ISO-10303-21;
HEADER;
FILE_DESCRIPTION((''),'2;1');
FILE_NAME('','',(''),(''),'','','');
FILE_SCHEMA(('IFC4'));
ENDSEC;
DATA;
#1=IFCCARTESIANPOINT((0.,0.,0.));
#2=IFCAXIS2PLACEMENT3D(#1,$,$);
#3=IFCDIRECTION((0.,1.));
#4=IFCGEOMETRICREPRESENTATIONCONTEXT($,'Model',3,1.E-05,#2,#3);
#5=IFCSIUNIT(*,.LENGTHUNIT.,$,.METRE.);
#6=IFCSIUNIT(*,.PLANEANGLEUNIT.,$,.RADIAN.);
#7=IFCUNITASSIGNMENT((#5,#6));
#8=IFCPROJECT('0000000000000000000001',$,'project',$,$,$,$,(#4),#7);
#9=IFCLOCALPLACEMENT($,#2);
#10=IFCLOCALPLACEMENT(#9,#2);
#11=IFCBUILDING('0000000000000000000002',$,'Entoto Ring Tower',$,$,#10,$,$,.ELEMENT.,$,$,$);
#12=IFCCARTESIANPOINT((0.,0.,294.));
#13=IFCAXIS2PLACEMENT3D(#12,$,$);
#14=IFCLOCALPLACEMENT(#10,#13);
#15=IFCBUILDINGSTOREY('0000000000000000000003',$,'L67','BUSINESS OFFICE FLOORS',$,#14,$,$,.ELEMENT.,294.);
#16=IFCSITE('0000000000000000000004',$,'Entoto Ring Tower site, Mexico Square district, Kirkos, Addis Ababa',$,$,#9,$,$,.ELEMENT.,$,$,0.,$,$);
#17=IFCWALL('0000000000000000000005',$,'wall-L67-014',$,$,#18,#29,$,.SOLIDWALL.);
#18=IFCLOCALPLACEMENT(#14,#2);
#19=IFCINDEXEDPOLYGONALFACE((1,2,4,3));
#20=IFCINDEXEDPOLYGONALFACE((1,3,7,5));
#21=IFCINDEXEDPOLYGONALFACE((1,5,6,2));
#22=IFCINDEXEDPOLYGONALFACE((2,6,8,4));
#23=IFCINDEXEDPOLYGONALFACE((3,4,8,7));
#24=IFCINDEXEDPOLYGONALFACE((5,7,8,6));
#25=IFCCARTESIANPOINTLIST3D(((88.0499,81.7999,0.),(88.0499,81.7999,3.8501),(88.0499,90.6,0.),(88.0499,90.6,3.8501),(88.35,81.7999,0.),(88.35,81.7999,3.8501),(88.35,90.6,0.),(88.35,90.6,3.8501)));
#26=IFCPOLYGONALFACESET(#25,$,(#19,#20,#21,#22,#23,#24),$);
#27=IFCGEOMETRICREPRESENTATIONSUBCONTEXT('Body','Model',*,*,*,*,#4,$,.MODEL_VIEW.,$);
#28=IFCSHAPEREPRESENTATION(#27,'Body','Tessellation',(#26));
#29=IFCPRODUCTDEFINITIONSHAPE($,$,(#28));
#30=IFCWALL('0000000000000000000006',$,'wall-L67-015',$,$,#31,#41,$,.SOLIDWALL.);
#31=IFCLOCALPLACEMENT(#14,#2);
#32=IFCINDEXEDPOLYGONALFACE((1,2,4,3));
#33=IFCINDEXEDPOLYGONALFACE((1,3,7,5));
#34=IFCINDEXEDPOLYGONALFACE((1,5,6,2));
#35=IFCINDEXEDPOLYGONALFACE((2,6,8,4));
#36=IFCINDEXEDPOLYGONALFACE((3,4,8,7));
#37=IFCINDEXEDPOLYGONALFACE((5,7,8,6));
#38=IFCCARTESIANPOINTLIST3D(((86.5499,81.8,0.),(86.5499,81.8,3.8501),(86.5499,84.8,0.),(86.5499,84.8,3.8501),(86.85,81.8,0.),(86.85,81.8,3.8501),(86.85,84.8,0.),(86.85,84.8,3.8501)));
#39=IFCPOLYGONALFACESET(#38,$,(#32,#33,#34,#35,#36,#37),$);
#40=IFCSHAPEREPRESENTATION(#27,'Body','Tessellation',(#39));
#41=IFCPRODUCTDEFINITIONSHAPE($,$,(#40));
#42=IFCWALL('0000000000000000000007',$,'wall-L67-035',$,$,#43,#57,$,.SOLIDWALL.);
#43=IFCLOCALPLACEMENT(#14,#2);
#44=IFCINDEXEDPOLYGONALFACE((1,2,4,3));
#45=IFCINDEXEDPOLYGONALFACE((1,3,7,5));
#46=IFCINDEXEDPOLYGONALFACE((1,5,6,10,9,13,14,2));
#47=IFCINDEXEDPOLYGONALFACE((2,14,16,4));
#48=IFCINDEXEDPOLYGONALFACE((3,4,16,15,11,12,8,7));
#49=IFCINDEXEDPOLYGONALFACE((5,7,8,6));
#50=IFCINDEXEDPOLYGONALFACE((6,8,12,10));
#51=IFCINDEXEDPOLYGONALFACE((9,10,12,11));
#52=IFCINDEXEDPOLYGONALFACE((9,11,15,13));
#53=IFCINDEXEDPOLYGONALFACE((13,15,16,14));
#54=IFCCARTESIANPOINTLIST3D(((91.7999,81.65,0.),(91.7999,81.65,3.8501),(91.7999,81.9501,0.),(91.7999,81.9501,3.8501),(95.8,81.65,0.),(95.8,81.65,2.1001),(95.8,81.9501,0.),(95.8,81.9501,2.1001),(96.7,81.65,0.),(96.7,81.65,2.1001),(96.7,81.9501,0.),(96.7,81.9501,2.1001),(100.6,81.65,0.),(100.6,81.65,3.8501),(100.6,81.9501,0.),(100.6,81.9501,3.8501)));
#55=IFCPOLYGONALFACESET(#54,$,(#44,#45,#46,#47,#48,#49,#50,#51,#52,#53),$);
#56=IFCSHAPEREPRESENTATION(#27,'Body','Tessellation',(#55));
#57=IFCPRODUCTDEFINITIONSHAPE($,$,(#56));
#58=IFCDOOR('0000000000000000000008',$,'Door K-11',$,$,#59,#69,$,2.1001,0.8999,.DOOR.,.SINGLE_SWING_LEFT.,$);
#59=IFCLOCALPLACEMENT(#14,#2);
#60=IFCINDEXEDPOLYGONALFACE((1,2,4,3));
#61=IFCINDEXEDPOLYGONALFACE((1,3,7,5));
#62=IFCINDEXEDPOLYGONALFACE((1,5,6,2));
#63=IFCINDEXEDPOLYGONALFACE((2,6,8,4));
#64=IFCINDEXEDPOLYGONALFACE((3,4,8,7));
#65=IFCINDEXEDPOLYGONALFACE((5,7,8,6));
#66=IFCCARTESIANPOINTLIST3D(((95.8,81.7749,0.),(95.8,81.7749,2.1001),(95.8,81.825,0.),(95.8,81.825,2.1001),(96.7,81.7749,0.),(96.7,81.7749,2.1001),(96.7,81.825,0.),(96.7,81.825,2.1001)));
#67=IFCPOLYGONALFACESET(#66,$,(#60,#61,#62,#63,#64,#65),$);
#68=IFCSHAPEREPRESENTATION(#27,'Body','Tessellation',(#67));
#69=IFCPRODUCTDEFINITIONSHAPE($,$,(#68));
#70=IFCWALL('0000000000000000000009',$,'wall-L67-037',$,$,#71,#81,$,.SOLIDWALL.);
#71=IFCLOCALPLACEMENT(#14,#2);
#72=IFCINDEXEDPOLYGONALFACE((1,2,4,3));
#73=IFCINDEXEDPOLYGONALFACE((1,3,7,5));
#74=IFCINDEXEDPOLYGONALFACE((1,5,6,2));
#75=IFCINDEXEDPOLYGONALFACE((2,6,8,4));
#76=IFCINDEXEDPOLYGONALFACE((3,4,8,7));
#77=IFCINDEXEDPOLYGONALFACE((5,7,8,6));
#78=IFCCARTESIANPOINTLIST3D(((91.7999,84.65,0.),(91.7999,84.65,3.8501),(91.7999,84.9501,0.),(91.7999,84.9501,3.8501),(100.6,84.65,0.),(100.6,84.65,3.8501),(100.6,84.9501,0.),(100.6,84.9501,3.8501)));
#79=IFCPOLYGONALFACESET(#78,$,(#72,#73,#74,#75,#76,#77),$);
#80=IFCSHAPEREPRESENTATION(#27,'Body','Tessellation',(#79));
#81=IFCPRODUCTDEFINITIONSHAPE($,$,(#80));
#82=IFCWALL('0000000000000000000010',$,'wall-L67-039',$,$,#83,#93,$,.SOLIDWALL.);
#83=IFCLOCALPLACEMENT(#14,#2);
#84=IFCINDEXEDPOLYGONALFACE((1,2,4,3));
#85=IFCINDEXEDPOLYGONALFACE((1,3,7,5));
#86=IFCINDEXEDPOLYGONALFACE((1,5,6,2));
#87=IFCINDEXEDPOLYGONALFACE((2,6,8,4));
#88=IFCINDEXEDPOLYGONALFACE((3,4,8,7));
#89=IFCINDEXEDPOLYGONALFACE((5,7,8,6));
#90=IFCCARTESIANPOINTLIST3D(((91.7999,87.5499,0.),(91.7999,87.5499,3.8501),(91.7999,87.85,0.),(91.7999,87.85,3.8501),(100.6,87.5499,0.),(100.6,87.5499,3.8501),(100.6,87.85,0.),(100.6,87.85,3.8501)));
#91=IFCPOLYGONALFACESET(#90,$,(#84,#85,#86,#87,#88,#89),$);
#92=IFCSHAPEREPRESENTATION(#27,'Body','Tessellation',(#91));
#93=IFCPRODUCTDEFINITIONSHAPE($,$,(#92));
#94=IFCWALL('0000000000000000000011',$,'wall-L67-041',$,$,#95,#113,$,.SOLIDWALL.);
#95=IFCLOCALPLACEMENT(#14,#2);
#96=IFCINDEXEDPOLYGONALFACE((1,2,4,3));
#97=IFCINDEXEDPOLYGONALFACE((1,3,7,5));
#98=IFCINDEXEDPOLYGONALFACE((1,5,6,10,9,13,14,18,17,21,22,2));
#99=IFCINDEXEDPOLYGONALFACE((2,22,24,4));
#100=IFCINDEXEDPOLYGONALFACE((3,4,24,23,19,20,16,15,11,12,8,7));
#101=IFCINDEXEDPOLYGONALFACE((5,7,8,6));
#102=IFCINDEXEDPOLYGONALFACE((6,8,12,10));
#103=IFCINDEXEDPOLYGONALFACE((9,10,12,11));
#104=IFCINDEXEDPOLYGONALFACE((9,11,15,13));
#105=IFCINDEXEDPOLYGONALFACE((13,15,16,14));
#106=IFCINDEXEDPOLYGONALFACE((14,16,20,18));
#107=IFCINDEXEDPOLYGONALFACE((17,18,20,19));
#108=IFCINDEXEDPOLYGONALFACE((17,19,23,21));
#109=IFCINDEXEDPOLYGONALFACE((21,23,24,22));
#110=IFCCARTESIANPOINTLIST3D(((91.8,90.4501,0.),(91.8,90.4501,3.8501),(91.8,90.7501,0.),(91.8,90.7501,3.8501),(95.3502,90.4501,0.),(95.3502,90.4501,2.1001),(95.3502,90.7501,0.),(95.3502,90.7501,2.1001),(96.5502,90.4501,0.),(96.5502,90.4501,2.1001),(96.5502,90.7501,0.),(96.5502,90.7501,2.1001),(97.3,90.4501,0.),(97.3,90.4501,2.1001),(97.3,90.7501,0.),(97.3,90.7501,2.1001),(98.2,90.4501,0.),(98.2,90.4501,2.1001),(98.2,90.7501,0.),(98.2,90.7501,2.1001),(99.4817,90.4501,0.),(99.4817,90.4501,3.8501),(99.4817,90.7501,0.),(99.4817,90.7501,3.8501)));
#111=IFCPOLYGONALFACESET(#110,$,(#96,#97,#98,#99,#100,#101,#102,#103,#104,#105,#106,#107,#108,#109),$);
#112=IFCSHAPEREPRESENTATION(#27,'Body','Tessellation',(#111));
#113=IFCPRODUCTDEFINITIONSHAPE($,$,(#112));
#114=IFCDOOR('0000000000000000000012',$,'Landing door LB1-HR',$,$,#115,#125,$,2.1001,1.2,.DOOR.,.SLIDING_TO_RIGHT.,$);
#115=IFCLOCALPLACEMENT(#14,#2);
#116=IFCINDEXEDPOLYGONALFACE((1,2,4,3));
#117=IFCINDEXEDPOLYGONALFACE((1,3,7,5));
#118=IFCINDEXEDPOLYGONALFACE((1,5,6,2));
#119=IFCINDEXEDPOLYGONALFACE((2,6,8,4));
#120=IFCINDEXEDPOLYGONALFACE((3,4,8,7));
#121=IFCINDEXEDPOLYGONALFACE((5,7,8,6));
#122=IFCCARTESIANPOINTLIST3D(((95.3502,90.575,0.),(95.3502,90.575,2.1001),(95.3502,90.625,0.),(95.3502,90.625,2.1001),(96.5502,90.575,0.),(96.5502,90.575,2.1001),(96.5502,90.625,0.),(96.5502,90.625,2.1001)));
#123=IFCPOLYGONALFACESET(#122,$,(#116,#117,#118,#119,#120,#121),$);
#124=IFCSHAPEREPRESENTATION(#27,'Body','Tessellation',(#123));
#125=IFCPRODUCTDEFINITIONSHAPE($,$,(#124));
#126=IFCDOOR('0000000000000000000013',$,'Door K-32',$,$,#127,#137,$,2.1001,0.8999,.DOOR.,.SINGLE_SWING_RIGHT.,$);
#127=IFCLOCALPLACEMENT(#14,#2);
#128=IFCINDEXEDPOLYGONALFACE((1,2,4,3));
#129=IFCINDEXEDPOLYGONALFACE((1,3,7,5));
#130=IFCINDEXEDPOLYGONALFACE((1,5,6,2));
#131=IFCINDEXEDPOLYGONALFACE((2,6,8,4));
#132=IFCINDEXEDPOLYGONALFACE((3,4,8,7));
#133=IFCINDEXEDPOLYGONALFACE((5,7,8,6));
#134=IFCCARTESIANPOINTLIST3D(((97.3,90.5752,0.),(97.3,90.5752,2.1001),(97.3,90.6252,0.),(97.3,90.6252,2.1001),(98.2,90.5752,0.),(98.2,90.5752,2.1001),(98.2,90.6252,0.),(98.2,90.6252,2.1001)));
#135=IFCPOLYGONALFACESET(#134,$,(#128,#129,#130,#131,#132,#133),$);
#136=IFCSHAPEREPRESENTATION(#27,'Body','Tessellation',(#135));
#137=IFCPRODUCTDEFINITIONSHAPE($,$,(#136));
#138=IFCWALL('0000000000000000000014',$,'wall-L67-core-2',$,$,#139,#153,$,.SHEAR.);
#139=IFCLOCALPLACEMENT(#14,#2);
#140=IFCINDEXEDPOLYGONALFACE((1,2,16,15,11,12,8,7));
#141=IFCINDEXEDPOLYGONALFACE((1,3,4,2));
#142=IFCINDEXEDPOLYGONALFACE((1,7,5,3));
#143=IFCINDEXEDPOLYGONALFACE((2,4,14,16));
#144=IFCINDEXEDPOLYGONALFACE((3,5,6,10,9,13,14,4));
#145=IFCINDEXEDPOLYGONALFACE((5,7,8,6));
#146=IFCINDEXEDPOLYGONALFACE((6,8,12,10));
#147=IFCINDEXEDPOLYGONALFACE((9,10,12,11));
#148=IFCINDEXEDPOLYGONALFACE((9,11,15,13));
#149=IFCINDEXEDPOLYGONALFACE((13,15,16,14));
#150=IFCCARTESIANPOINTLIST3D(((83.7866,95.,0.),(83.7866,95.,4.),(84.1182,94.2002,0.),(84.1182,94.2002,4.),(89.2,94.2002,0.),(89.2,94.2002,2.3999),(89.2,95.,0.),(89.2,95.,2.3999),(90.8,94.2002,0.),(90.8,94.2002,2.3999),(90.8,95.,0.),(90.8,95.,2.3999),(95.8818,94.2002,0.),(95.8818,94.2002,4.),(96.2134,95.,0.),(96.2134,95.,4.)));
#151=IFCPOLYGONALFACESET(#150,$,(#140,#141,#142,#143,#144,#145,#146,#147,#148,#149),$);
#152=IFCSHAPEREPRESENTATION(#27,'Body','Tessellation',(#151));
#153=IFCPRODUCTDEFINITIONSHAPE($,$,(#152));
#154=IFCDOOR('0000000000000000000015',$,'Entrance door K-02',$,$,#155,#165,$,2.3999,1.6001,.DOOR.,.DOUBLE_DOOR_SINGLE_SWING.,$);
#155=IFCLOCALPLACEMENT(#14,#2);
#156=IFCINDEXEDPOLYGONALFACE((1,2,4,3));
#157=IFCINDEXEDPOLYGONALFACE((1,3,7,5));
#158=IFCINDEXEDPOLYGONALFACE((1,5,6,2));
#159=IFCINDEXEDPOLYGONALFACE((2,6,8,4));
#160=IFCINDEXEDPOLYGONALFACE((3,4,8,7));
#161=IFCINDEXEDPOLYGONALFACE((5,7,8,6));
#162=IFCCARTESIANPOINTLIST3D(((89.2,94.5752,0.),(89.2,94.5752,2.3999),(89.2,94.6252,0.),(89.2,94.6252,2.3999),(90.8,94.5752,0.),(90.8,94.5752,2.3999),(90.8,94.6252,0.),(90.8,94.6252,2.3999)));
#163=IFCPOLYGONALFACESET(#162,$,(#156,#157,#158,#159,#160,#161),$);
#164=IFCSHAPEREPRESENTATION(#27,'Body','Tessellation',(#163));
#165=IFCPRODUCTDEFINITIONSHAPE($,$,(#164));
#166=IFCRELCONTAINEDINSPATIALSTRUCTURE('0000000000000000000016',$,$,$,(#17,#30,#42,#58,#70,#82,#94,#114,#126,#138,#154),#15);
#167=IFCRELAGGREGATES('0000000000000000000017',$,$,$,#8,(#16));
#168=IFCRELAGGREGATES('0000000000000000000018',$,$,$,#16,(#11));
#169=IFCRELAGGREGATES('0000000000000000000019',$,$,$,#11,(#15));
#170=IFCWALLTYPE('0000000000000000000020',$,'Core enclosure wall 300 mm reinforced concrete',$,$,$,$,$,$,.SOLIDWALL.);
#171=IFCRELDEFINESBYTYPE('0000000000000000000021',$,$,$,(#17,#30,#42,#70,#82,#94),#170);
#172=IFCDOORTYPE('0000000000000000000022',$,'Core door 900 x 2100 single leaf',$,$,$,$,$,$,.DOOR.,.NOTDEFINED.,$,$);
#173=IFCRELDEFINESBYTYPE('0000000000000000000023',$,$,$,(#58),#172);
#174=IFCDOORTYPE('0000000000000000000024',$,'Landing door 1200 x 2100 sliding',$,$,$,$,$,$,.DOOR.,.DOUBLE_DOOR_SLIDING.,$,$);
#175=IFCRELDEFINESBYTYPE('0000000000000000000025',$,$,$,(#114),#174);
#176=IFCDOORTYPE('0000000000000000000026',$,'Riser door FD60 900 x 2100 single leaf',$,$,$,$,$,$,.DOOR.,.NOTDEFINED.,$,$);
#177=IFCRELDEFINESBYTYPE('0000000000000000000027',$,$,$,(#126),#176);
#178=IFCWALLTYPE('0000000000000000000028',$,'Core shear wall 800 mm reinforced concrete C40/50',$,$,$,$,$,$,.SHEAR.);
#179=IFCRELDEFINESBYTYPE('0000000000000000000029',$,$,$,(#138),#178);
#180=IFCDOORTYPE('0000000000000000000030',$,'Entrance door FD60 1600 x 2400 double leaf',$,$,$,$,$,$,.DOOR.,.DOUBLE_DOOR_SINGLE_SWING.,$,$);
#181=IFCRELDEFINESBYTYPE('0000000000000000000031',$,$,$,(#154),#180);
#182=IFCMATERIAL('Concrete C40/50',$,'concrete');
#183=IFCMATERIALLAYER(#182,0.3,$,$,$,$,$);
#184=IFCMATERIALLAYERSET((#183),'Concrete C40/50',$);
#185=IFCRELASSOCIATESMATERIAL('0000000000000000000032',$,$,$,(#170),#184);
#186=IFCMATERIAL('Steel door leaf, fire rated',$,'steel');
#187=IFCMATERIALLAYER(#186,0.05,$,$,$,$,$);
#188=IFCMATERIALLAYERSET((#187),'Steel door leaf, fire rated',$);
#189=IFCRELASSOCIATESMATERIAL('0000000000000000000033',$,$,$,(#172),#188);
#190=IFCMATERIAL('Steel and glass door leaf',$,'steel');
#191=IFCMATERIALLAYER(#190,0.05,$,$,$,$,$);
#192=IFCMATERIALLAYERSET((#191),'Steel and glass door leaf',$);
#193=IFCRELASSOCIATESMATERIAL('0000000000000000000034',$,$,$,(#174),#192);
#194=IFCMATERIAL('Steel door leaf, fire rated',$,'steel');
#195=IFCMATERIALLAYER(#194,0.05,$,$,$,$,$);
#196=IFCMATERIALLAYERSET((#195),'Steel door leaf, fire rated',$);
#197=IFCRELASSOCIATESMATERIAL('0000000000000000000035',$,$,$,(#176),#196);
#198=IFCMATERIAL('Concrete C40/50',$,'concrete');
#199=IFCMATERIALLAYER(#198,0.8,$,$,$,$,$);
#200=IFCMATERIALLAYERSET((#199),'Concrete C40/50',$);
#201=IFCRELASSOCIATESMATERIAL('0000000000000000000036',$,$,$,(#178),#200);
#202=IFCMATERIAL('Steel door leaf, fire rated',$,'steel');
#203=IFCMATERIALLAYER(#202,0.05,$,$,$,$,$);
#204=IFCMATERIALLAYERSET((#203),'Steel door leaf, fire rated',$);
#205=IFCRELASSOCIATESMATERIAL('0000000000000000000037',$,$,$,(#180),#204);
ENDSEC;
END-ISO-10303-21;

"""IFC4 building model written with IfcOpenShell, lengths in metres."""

from ifc_helpers import new_model, si_unit, direction, frame, frame_2d, origin, place, context, subcontext, project, spatial, polyline, rectangle, outline, extrude, material, layer, layer_set, type_object, element, fill, save


model = new_model("IFC4")

# Units and contexts
model_context = context("Model", 3, precision=1e-05, world=origin(), true_north=direction((0.0, 1.0)))
body_context = subcontext(model_context, "Body", "Model", "MODEL_VIEW")
ifc_project = project(units=[si_unit("LENGTHUNIT", "METRE"), si_unit("PLANEANGLEUNIT", "RADIAN")], contexts=[model_context])

# Site, building, storey
site_placement = place(None, origin())
site = spatial("IfcSite", under=ifc_project, at=site_placement, Name="Entoto Ring Tower site, Mexico Square district, Kirkos, Addis Ababa", CompositionType="ELEMENT", RefElevation=0.0)
building_placement = place(site_placement, origin())
building = spatial("IfcBuilding", under=site, at=building_placement, Name="Entoto Ring Tower", CompositionType="ELEMENT")
storey_placement = place(building_placement, frame((0.0, 0.0, 294.0)))
storey = spatial("IfcBuildingStorey", under=building, at=storey_placement, Name="L67", Description="BUSINESS OFFICE FLOORS", CompositionType="ELEMENT", Elevation=294.0)

# Shared definitions
ifc_material_1 = material(Name="Concrete C40/50", Category="concrete")
ifc_layer_1 = layer(ifc_material_1, 0.3)
ifc_layer_set_1 = layer_set([ifc_layer_1], Name="Concrete C40/50")
wall_type_1 = type_object("IfcWallType", Name="Core enclosure wall 300 mm reinforced concrete", PredefinedType="SOLIDWALL", material=ifc_layer_set_1)

# Shared definitions
ifc_material_2 = material(Name="Steel door leaf, fire rated", Category="steel")
ifc_layer_2 = layer(ifc_material_2, 0.05)
ifc_layer_set_2 = layer_set([ifc_layer_2], Name="Steel door leaf, fire rated")
door_type_1 = type_object("IfcDoorType", Name="Core door 900 x 2100 single leaf", OperationType="NOTDEFINED", PredefinedType="DOOR", material=ifc_layer_set_2)
ifc_material_3 = material(Name="Steel and glass door leaf", Category="steel")
ifc_layer_3 = layer(ifc_material_3, 0.05)
ifc_layer_set_3 = layer_set([ifc_layer_3], Name="Steel and glass door leaf")
door_type_2 = type_object("IfcDoorType", Name="Landing door 1200 x 2100 sliding", OperationType="DOUBLE_DOOR_SLIDING", PredefinedType="DOOR", material=ifc_layer_set_3)

# Walls
wall_1_placement = place(storey_placement, frame((88.2, 81.8, 0.0), z_axis=(0.0, 0.0, 1.0), x_axis=(0.0, 1.0, 0.0)))
element("IfcWall", 1, at=wall_1_placement, inside=storey, type_object=wall_type_1, Name="wall-L67-014", PredefinedType="SOLIDWALL", context=body_context, shape_type="SweptSolid", body=[
    extrude(rectangle(XDim=8.8, YDim=0.3, at=frame_2d((4.3999, 0.0))), origin(), (0.0, 0.0, 1.0), 3.8501),
])
wall_2_placement = place(storey_placement, frame((86.7, 81.8, 0.0), z_axis=(0.0, 0.0, 1.0), x_axis=(0.0, 1.0, 0.0)))
element("IfcWall", 2, at=wall_2_placement, inside=storey, type_object=wall_type_1, Name="wall-L67-015", PredefinedType="SOLIDWALL", context=body_context, shape_type="SweptSolid", body=[
    extrude(rectangle(XDim=3.0, YDim=0.3, at=frame_2d((1.5, 0.0))), origin(), (0.0, 0.0, 1.0), 3.8501),
])

# Wall, opening, door
wall_3_placement = place(storey_placement, frame((91.8, 81.8, 0.0), z_axis=(0.0, 0.0, 1.0), x_axis=(1.0, 0.0, 0.0)))
wall_3 = element("IfcWall", 3, at=wall_3_placement, inside=storey, type_object=wall_type_1, Name="wall-L67-035", PredefinedType="SOLIDWALL", context=body_context, shape_type="SweptSolid", body=[
    extrude(rectangle(XDim=8.8, YDim=0.3, at=frame_2d((4.3999, 0.0))), origin(), (0.0, 0.0, 1.0), 3.8501),
])
opening_1_placement = place(wall_3_placement, frame((4.0, 0.0, 0.0)))
opening_1 = element("IfcOpeningElement", 4, at=opening_1_placement, cuts=wall_3, PredefinedType="OPENING", context=body_context, shape_type="SweptSolid", body=[
    extrude(rectangle(XDim=0.8999, YDim=2.1001, at=frame_2d((0.45, 1.05))), frame((0.0, 0.1602, 0.0), z_axis=(0.0, -1.0, 0.0), x_axis=(1.0, 0.0, 0.0)), (0.0, 0.0, 1.0), 0.3201),
])
door_1_placement = place(opening_1_placement, origin())
door_1 = element("IfcDoor", 5, at=door_1_placement, inside=storey, type_object=door_type_1, Name="Door K-11", OperationType="SINGLE_SWING_LEFT", OverallHeight=2.1001, OverallWidth=0.8999, PredefinedType="DOOR", context=body_context, shape_type="SweptSolid", body=[
    extrude(rectangle(XDim=0.8999, YDim=2.1001, at=frame_2d((0.45, 1.05))), frame((0.0, 0.0249, 0.0), z_axis=(0.0, -1.0, 0.0), x_axis=(1.0, 0.0, 0.0)), (0.0, 0.0, 1.0), 0.05),
])
fill(opening_1, door_1)

# Walls
for number, where, z_axis, x_axis, name in (
    (6, (91.8, 84.8, 0.0), (0.0, 0.0, 1.0), (1.0, 0.0, 0.0), "wall-L67-037"),
    (7, (91.8, 87.7, 0.0), (0.0, 0.0, 1.0), (1.0, 0.0, 0.0), "wall-L67-039"),
):
    element("IfcWall", number, at=place(storey_placement, frame(where, z_axis=z_axis, x_axis=x_axis)), inside=storey, type_object=wall_type_1, Name=name, PredefinedType="SOLIDWALL", context=body_context, shape_type="SweptSolid", body=[
        extrude(rectangle(XDim=8.8, YDim=0.3, at=frame_2d((4.3999, 0.0))), origin(), (0.0, 0.0, 1.0), 3.8501),
    ])

# Wall, openings, doors
wall_4_placement = place(storey_placement, frame((91.8, 90.6001, 0.0), z_axis=(0.0, 0.0, 1.0), x_axis=(1.0, 0.0, 0.0)))
wall_4 = element("IfcWall", 8, at=wall_4_placement, inside=storey, type_object=wall_type_1, Name="wall-L67-041", PredefinedType="SOLIDWALL", context=body_context, shape_type="SweptSolid", body=[
    extrude(rectangle(XDim=7.6816, YDim=0.3, at=frame_2d((3.8408, 0.0))), origin(), (0.0, 0.0, 1.0), 3.8501),
])
opening_2_placement = place(wall_4_placement, frame((3.55, 0.0, 0.0)))
opening_2 = element("IfcOpeningElement", 9, at=opening_2_placement, cuts=wall_4, PredefinedType="OPENING", context=body_context, shape_type="SweptSolid", body=[
    extrude(rectangle(XDim=1.2, YDim=2.1001, at=frame_2d((0.6001, 1.05))), frame((0.0, 0.1602, 0.0), z_axis=(0.0, -1.0, 0.0), x_axis=(1.0, 0.0, 0.0)), (0.0, 0.0, 1.0), 0.3201),
])
opening_3_placement = place(wall_4_placement, frame((5.5, 0.0, 0.0)))
opening_3 = element("IfcOpeningElement", 10, at=opening_3_placement, cuts=wall_4, PredefinedType="OPENING", context=body_context, shape_type="SweptSolid", body=[
    extrude(rectangle(XDim=0.8999, YDim=2.1001, at=frame_2d((0.45, 1.05))), frame((0.0, 0.1602, 0.0), z_axis=(0.0, -1.0, 0.0), x_axis=(1.0, 0.0, 0.0)), (0.0, 0.0, 1.0), 0.3201),
])
door_2_placement = place(opening_2_placement, origin())
door_2 = element("IfcDoor", 11, at=door_2_placement, inside=storey, type_object=door_type_2, Name="Landing door LB1-HR", OperationType="SLIDING_TO_RIGHT", OverallHeight=2.1001, OverallWidth=1.2, PredefinedType="DOOR", context=body_context, shape_type="SweptSolid", body=[
    extrude(rectangle(XDim=1.2, YDim=2.1001, at=frame_2d((0.6001, 1.05))), frame((0.0, 0.0249, 0.0), z_axis=(0.0, -1.0, 0.0), x_axis=(1.0, 0.0, 0.0)), (0.0, 0.0, 1.0), 0.05),
])
fill(opening_2, door_2)
ifc_material_4 = material(Name="Steel door leaf, fire rated", Category="steel")
ifc_layer_4 = layer(ifc_material_4, 0.05)
ifc_layer_set_4 = layer_set([ifc_layer_4], Name="Steel door leaf, fire rated")
door_type_3 = type_object("IfcDoorType", Name="Riser door FD60 900 x 2100 single leaf", OperationType="NOTDEFINED", PredefinedType="DOOR", material=ifc_layer_set_4)
door_3_placement = place(opening_3_placement, frame((0.8999, 0.0, 0.0), z_axis=(0.0, 0.0, 1.0), x_axis=(-1.0, 0.0, 0.0)))
door_3 = element("IfcDoor", 12, at=door_3_placement, inside=storey, type_object=door_type_3, Name="Door K-32", OperationType="SINGLE_SWING_RIGHT", OverallHeight=2.1001, OverallWidth=0.8999, PredefinedType="DOOR", context=body_context, shape_type="SweptSolid", body=[
    extrude(rectangle(XDim=0.8999, YDim=2.1001, at=frame_2d((0.45, 1.05))), frame((0.0, 0.0249, 0.0), z_axis=(0.0, -1.0, 0.0), x_axis=(1.0, 0.0, 0.0)), (0.0, 0.0, 1.0), 0.05),
])
fill(opening_3, door_3)

# Wall, opening, door
ifc_material_5 = material(Name="Concrete C40/50", Category="concrete")
ifc_layer_5 = layer(ifc_material_5, 0.8)
ifc_layer_set_5 = layer_set([ifc_layer_5], Name="Concrete C40/50")
wall_type_2 = type_object("IfcWallType", Name="Core shear wall 800 mm reinforced concrete C40/50", PredefinedType="SHEAR", material=ifc_layer_set_5)
wall_5_placement = place(storey_placement, frame((96.0476, 94.6001, 0.0), z_axis=(0.0, 0.0, 1.0), x_axis=(-1.0, 0.0, 0.0)))
wall_5 = element("IfcWall", 13, at=wall_5_placement, inside=storey, type_object=wall_type_2, Name="wall-L67-core-2", PredefinedType="SHEAR", context=body_context, shape_type="SweptSolid", body=[
    extrude(outline(polyline([(-0.1658, -0.3999), (12.261, -0.3999), (11.9294, 0.3999), (0.1658, 0.3999), (-0.1658, -0.3999)])), origin(), (0.0, 0.0, 1.0), 4.0),
])
opening_4_placement = place(wall_5_placement, frame((5.2476, 0.0, 0.0)))
opening_4 = element("IfcOpeningElement", 14, at=opening_4_placement, cuts=wall_5, PredefinedType="OPENING", context=body_context, shape_type="SweptSolid", body=[
    extrude(rectangle(XDim=1.6001, YDim=2.3999, at=frame_2d((0.8, 1.2))), frame((0.0, 0.4102, 0.0), z_axis=(0.0, -1.0, 0.0), x_axis=(1.0, 0.0, 0.0)), (0.0, 0.0, 1.0), 0.8201),
])
ifc_material_6 = material(Name="Steel door leaf, fire rated", Category="steel")
ifc_layer_6 = layer(ifc_material_6, 0.05)
ifc_layer_set_6 = layer_set([ifc_layer_6], Name="Steel door leaf, fire rated")
door_type_4 = type_object("IfcDoorType", Name="Entrance door FD60 1600 x 2400 double leaf", OperationType="DOUBLE_DOOR_SINGLE_SWING", PredefinedType="DOOR", material=ifc_layer_set_6)
door_4_placement = place(opening_4_placement, origin())
door_4 = element("IfcDoor", 15, at=door_4_placement, inside=storey, type_object=door_type_4, Name="Entrance door K-02", OperationType="DOUBLE_DOOR_SINGLE_SWING", OverallHeight=2.3999, OverallWidth=1.6001, PredefinedType="DOOR", context=body_context, shape_type="SweptSolid", body=[
    extrude(rectangle(XDim=1.6001, YDim=2.3999, at=frame_2d((0.8, 1.2))), frame((0.0, 0.0249, 0.0), z_axis=(0.0, -1.0, 0.0), x_axis=(1.0, 0.0, 0.0)), (0.0, 0.0, 1.0), 0.05),
])
fill(opening_4, door_4)

save(model, "model.ifc")
